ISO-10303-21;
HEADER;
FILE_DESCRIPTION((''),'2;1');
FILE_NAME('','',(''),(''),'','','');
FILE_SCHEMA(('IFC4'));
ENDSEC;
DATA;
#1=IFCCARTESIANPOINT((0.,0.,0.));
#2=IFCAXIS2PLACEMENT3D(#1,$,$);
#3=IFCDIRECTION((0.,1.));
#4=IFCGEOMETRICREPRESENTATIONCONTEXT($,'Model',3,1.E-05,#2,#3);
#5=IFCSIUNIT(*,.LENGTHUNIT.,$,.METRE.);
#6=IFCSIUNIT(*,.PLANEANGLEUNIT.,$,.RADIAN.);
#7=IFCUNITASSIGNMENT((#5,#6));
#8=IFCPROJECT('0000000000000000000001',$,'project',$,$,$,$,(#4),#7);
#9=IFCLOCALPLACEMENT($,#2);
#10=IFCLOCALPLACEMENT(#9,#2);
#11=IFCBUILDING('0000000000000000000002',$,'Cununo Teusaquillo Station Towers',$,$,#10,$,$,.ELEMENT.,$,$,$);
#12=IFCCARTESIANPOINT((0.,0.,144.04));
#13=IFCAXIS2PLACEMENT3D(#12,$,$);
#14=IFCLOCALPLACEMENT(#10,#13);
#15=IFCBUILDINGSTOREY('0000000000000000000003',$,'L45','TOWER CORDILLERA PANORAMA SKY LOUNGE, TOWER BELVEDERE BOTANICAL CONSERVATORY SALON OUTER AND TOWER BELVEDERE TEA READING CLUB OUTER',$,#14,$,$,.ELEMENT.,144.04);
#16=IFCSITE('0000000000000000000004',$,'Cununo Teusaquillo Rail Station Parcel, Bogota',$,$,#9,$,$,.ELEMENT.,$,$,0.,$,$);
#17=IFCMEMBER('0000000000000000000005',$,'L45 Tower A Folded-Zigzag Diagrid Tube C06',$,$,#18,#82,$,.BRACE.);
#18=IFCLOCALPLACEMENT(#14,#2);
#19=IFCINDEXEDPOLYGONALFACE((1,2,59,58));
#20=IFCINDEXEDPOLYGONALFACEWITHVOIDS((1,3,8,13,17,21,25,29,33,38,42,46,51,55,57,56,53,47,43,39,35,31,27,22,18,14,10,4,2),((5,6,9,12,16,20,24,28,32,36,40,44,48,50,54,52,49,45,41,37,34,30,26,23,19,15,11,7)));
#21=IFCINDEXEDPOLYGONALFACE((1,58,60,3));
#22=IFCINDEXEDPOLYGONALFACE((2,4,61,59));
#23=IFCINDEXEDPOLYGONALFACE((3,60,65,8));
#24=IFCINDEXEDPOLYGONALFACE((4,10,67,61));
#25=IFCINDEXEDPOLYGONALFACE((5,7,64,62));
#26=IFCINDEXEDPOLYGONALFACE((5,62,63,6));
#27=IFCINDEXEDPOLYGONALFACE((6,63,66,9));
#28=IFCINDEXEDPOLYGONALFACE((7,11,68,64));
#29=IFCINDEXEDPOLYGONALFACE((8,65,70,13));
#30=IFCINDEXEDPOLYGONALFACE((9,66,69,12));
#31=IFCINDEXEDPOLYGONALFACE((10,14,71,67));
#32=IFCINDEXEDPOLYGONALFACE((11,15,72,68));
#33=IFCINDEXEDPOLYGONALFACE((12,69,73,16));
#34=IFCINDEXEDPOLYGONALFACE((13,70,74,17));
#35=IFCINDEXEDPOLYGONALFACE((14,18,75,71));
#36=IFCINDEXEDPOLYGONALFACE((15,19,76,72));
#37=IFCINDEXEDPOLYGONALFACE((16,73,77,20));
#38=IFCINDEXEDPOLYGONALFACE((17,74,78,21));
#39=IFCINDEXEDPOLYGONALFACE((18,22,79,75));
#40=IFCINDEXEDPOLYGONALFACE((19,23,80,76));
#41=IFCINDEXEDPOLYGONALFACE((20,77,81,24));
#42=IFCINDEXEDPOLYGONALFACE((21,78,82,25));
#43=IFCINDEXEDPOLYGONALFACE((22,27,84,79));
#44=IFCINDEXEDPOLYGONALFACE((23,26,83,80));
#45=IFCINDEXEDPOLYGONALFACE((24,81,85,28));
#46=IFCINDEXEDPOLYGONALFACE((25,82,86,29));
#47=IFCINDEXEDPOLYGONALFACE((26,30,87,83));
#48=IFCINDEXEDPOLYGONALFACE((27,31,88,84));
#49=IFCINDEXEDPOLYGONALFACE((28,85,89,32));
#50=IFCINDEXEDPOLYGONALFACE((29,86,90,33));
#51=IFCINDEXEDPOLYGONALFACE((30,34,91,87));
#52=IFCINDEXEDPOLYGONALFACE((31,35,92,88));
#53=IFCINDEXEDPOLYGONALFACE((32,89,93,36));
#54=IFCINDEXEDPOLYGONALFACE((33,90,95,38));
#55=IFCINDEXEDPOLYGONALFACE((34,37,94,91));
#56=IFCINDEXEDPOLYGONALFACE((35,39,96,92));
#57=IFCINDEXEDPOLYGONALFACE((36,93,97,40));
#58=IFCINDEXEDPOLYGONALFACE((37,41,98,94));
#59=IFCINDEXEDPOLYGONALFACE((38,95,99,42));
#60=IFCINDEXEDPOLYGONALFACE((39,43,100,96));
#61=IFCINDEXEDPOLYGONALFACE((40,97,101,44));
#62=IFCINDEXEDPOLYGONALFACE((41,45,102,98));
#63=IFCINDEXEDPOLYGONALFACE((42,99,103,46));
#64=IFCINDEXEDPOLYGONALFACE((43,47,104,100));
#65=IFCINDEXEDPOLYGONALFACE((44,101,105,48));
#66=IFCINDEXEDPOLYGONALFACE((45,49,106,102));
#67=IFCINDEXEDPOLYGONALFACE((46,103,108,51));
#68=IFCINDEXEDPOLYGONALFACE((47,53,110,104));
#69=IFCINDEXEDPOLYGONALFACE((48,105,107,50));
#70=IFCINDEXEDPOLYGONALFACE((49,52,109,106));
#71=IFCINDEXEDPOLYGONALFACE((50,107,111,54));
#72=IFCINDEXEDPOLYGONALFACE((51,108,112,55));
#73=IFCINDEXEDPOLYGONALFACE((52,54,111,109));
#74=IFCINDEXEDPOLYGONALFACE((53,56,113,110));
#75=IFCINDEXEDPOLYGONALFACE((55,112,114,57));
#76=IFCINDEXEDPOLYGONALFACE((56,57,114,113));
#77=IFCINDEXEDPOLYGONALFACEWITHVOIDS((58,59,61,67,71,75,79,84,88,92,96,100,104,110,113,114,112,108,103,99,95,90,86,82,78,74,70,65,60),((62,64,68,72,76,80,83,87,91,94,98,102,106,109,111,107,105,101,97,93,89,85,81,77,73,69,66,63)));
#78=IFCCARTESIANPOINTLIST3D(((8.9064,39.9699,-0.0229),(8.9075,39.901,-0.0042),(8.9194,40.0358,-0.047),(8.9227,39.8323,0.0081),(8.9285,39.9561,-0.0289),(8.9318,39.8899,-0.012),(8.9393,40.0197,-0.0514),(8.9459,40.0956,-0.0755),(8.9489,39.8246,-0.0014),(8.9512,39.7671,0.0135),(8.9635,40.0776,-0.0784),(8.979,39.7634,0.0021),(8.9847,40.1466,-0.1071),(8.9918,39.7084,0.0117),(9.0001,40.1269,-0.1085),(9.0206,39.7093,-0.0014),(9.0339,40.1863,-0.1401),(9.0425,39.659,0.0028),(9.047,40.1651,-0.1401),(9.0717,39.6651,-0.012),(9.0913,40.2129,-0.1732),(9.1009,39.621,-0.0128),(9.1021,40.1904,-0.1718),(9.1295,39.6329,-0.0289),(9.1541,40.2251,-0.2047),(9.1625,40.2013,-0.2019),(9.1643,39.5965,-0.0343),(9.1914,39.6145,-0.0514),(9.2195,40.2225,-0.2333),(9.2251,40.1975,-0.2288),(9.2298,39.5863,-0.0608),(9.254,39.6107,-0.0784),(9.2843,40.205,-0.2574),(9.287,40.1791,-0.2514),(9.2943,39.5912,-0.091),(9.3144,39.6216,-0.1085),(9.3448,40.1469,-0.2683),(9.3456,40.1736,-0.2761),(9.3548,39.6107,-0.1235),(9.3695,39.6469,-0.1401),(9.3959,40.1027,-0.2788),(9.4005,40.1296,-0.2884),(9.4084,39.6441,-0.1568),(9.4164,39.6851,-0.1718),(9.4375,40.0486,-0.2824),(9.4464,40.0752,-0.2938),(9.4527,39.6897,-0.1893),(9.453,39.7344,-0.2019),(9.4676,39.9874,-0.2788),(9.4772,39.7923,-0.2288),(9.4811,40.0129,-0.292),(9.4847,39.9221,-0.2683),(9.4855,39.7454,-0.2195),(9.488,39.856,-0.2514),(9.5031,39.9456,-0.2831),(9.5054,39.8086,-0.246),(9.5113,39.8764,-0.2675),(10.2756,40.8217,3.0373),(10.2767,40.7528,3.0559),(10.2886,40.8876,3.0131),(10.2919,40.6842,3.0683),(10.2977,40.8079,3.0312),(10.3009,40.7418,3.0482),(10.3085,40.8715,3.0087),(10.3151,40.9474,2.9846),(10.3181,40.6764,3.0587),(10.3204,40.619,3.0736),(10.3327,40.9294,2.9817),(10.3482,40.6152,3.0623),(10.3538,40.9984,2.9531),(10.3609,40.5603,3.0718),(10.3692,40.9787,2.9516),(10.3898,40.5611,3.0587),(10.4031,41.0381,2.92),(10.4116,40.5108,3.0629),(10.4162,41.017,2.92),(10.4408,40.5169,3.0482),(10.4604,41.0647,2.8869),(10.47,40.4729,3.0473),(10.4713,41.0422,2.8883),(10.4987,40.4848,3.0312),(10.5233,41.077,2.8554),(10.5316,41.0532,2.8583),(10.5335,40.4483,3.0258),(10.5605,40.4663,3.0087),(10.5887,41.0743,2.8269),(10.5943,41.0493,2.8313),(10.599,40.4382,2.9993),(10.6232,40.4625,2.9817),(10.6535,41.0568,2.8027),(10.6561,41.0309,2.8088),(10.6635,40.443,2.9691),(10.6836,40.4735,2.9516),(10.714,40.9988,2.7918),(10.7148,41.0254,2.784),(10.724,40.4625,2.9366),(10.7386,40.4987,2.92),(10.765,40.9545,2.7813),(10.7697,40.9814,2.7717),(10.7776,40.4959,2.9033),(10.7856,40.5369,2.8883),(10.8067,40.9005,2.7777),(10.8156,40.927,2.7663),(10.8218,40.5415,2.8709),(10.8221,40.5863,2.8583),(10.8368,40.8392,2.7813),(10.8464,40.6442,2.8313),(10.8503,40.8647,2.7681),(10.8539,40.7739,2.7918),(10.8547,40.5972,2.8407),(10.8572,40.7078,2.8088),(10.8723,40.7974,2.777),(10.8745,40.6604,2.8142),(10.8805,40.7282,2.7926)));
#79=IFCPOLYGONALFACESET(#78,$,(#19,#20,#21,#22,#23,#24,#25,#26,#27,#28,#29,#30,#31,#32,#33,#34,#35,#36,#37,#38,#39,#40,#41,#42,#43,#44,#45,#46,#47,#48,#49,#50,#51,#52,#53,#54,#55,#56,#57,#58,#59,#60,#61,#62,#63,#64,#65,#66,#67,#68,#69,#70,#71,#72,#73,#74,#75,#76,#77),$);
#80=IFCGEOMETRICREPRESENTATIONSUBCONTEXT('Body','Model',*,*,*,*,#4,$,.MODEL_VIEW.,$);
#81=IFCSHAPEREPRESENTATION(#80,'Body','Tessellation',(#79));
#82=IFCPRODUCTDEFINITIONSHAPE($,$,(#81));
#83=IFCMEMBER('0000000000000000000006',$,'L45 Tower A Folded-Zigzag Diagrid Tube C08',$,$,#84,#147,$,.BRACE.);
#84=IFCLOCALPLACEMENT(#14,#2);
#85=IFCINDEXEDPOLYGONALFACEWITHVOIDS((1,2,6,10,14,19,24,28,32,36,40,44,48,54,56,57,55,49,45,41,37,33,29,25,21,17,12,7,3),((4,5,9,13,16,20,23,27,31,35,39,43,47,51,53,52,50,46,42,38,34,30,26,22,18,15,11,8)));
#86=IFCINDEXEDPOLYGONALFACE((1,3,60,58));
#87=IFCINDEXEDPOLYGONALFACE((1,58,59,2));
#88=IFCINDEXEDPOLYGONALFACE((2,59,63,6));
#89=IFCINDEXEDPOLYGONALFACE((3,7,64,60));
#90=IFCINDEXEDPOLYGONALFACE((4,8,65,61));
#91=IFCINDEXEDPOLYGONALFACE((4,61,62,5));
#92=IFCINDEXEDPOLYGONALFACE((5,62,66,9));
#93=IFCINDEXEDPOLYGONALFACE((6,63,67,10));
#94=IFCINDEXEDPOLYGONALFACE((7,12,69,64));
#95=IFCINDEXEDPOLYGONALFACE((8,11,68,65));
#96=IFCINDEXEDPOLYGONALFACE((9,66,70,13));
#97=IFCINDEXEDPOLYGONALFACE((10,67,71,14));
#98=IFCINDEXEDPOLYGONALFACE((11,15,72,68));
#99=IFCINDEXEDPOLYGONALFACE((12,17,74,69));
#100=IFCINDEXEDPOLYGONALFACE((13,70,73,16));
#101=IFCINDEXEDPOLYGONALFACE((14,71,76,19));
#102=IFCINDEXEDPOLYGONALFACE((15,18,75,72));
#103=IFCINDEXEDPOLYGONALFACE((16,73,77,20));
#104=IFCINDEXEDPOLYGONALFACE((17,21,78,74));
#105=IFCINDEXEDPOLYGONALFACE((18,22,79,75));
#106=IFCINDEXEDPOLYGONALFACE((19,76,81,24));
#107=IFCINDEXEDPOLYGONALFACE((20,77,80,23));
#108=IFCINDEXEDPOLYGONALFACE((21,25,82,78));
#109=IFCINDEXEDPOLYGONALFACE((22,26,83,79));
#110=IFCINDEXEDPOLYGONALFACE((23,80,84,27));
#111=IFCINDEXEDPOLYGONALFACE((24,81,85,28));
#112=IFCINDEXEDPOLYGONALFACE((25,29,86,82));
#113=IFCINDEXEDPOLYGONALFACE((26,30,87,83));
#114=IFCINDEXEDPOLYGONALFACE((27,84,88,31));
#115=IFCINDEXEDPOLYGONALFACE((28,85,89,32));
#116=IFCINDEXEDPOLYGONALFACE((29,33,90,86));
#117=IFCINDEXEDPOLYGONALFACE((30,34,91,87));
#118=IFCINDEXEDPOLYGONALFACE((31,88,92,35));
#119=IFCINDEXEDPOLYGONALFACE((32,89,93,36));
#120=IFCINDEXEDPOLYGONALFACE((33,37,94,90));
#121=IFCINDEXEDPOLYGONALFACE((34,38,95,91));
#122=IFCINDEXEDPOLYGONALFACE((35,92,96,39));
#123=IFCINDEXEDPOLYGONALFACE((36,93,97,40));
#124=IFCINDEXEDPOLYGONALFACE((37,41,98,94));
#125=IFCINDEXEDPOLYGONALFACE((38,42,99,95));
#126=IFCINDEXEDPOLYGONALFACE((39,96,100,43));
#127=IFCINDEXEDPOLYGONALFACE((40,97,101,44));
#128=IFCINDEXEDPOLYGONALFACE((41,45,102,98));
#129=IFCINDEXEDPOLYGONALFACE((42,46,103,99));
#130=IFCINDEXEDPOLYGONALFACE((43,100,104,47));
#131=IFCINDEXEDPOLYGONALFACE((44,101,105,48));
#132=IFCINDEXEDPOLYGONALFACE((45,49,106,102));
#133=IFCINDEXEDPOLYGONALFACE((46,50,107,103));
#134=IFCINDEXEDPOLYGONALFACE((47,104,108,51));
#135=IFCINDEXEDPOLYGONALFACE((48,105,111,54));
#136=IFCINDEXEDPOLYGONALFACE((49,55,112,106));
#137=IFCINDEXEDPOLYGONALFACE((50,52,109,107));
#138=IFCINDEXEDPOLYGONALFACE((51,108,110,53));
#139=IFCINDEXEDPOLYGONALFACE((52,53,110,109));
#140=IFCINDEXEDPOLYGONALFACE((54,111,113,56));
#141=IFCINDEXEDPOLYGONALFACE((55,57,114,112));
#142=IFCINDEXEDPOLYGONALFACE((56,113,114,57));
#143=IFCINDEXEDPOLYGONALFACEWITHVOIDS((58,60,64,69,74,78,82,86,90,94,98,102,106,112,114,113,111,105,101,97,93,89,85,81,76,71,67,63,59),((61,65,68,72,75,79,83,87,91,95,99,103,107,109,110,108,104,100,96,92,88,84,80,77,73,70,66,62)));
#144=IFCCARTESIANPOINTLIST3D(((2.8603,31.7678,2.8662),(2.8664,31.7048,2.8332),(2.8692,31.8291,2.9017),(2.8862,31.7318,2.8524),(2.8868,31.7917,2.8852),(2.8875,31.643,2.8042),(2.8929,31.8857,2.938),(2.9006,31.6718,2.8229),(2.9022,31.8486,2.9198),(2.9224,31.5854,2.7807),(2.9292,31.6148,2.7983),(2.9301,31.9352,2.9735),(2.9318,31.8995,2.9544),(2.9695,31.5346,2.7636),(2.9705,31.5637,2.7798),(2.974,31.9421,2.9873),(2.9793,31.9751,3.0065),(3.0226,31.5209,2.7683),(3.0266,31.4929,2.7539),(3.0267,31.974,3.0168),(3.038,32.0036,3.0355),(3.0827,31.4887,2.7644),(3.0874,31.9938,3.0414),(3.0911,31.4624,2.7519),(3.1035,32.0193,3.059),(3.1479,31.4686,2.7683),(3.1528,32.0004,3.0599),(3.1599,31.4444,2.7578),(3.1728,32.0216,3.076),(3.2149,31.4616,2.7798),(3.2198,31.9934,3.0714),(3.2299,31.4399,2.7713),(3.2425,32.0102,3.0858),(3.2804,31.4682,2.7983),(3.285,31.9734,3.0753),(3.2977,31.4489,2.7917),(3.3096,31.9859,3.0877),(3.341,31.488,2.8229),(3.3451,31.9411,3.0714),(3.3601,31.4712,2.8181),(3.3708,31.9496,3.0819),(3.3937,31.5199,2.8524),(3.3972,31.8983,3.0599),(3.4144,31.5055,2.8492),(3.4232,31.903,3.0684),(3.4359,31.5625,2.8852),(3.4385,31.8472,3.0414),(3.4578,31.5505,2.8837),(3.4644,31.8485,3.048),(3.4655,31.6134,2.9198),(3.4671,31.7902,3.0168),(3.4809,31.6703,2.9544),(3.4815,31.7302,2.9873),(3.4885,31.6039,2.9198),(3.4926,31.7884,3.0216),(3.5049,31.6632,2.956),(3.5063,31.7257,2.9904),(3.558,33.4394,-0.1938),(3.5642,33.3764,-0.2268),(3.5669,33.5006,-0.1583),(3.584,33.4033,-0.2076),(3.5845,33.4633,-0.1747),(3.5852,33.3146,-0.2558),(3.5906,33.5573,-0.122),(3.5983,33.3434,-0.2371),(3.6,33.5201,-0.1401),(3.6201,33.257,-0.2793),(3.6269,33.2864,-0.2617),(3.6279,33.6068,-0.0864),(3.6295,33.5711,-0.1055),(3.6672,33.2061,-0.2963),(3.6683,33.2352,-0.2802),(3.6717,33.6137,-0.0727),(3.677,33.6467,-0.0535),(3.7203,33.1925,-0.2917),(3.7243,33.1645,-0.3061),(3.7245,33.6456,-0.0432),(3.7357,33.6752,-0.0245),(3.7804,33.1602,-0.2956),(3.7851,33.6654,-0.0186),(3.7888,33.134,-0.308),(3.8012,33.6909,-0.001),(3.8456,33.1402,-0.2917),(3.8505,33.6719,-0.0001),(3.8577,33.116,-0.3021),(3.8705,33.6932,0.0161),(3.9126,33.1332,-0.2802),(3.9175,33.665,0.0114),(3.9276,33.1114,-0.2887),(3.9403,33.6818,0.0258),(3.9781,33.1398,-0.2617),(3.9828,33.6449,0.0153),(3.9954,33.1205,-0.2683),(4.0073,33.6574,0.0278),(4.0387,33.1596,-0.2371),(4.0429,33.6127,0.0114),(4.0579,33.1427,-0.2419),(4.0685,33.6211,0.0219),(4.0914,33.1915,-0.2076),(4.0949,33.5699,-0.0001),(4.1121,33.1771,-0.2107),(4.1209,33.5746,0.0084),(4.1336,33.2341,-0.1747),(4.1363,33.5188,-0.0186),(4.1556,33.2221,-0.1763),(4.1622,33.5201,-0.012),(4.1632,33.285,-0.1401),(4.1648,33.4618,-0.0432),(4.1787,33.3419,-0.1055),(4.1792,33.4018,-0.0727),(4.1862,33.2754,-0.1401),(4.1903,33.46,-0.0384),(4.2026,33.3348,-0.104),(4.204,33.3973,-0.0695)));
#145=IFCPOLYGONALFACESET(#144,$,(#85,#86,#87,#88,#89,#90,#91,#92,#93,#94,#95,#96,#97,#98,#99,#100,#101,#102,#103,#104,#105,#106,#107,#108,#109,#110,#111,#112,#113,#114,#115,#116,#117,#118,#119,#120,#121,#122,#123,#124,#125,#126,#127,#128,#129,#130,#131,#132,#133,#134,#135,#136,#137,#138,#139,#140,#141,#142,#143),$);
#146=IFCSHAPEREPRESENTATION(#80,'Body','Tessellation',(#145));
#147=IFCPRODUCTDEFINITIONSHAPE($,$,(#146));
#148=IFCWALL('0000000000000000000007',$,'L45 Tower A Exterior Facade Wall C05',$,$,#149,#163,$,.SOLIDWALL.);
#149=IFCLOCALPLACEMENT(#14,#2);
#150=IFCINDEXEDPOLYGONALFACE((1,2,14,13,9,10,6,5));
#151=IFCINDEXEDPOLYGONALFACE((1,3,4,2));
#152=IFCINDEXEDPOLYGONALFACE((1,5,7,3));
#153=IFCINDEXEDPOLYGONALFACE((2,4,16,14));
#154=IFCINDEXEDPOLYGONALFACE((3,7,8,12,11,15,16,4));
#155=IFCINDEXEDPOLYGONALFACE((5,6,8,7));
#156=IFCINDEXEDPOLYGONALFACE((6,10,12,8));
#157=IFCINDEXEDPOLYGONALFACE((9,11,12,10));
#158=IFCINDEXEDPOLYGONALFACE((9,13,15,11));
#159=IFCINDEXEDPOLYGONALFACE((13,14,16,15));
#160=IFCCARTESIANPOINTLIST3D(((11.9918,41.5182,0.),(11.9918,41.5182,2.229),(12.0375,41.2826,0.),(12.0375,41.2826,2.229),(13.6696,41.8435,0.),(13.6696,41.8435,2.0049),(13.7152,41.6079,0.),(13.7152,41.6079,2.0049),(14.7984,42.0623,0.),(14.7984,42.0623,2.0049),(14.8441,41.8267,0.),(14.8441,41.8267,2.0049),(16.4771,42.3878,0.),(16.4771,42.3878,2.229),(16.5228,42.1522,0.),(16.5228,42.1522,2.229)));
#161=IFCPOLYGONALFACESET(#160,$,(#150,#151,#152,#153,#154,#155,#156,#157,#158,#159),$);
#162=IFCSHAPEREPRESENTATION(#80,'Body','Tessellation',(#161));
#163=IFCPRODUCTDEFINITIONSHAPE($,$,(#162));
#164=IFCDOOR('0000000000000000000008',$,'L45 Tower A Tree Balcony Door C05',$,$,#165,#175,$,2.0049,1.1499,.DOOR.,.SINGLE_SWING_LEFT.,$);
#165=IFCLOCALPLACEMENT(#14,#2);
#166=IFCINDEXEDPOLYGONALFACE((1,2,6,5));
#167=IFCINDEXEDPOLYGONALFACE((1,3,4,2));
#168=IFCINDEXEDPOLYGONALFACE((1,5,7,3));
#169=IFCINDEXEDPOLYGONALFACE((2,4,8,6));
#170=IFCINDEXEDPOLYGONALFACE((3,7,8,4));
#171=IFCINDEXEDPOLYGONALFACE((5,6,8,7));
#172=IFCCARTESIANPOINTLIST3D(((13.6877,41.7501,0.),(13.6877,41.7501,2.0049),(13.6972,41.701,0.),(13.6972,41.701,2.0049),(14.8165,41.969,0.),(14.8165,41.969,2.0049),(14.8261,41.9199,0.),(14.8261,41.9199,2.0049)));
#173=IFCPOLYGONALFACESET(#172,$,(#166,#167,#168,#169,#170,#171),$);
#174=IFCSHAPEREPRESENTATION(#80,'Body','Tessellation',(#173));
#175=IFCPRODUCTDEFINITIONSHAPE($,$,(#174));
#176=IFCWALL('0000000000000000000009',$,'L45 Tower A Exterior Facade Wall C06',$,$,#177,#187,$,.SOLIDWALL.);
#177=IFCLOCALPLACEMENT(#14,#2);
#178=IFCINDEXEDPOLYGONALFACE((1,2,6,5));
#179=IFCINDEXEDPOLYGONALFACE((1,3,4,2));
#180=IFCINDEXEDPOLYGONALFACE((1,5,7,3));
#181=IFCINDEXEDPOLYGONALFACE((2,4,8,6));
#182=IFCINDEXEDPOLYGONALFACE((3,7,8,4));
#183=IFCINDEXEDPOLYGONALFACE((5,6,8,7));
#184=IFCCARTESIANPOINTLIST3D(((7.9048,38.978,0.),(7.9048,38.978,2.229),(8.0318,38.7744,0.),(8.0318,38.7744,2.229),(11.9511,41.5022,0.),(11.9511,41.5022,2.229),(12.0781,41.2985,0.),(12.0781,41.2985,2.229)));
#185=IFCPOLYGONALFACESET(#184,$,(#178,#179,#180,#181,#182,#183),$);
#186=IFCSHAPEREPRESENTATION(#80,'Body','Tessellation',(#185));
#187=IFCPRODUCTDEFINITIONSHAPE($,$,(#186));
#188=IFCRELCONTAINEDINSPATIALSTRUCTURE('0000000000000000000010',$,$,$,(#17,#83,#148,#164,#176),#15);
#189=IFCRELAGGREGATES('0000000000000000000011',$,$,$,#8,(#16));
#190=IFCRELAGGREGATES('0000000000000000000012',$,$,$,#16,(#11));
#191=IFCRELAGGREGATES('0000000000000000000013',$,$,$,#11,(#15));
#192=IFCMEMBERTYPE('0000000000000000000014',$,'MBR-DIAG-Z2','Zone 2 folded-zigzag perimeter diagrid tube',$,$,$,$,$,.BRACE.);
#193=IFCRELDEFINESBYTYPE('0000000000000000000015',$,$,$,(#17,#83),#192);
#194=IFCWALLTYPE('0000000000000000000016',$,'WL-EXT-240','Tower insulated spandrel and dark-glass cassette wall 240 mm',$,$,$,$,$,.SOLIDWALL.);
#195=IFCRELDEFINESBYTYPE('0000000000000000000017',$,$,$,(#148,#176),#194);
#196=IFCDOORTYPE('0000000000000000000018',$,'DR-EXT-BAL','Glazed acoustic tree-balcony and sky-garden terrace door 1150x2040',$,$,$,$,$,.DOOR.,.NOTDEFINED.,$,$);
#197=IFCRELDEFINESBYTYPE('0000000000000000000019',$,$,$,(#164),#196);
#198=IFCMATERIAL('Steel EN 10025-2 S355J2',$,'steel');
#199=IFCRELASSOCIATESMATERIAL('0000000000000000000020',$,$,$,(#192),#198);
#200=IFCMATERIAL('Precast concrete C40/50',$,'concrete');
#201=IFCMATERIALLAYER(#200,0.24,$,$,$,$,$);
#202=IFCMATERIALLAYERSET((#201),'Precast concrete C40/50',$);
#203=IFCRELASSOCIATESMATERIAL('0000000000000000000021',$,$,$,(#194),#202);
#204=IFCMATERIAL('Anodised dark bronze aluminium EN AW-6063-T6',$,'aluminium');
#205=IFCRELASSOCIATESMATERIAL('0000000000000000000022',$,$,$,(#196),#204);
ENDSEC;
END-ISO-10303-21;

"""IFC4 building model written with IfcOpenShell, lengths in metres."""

from ifc_helpers import new_model, si_unit, direction, frame, frame_2d, origin, origin_2d, place, context, subcontext, project, spatial, rectangle, hollow_circle, extrude, source, transform, mapped, material, layer, layer_set, material_profile, profile_set, type_object, element, fill, save


model = new_model("IFC4")

# Units and contexts
model_context = context("Model", 3, precision=1e-05, world=origin(), true_north=direction((0.0, 1.0)))
body_context = subcontext(model_context, "Body", "Model", "MODEL_VIEW")
ifc_project = project(units=[si_unit("LENGTHUNIT", "METRE"), si_unit("PLANEANGLEUNIT", "RADIAN")], contexts=[model_context])

# Site, building, storey
site_placement = place(None, origin())
site = spatial("IfcSite", under=ifc_project, at=site_placement, Name="Cununo Teusaquillo Rail Station Parcel, Bogota", CompositionType="ELEMENT", RefElevation=0.0)
building_placement = place(site_placement, origin())
building = spatial("IfcBuilding", under=site, at=building_placement, Name="Cununo Teusaquillo Station Towers", CompositionType="ELEMENT")
storey_placement = place(building_placement, frame((0.0, 0.0, 144.04)))
storey = spatial("IfcBuildingStorey", under=building, at=storey_placement, Name="L45", Description="TOWER CORDILLERA PANORAMA SKY LOUNGE, TOWER BELVEDERE BOTANICAL CONSERVATORY SALON OUTER AND TOWER BELVEDERE TEA READING CLUB OUTER", CompositionType="ELEMENT", Elevation=144.04)

# Members
ifc_material_1 = material(Name="Steel EN 10025-2 S355J2", Category="steel")
ifc_material_profile_1 = material_profile(ifc_material_1, hollow_circle(Radius=0.3301, WallThickness=0.0249, at=origin_2d()), Name="CHS 660x25")
ifc_profile_set_1 = profile_set([ifc_material_profile_1], Name="Steel EN 10025-2 S355J2")
member_type = type_object("IfcMemberType", Name="MBR-DIAG-Z2", Description="Zone 2 folded-zigzag perimeter diagrid tube", PredefinedType="BRACE", material=ifc_profile_set_1)
member_1_placement = place(storey_placement, frame((9.2083, 39.906, -0.1401), z_axis=(0.39583, 0.246264, 0.884688), x_axis=(-0.528256, 0.849085, 0.0)))
element("IfcMember", 1, at=member_1_placement, inside=storey, type_object=member_type, Name="L45 Tower A Folded-Zigzag Diagrid Tube C06", PredefinedType="BRACE", context=body_context, shape_type="SweptSolid", body=[
    extrude(hollow_circle(Radius=0.3301, WallThickness=0.0249, at=origin_2d()), origin(), (0.0, 0.0, 1.0), 3.459),
])
member_2_placement = place(storey_placement, frame((3.8816, 33.4026, -0.1401), z_axis=(-0.196219, -0.470087, 0.860533), x_axis=(0.922833, -0.385199, 0.0)))
element("IfcMember", 2, at=member_2_placement, inside=storey, type_object=member_type, Name="L45 Tower A Folded-Zigzag Diagrid Tube C08", PredefinedType="BRACE", context=body_context, shape_type="SweptSolid", body=[
    extrude(hollow_circle(Radius=0.3301, WallThickness=0.0249, at=origin_2d()), origin(), (0.0, 0.0, 1.0), 3.5559),
])

# Wall, opening, door
ifc_material_2 = material(Name="Precast concrete C40/50", Category="concrete")
ifc_layer_1 = layer(ifc_material_2, 0.24)
ifc_layer_set_1 = layer_set([ifc_layer_1], Name="Precast concrete C40/50")
wall_type_1 = type_object("IfcWallType", Name="WL-EXT-240", Description="Tower insulated spandrel and dark-glass cassette wall 240 mm", PredefinedType="SOLIDWALL", material=ifc_layer_set_1)
wall_1_placement = place(storey_placement, frame((12.0146, 41.4004, 0.0), z_axis=(0.0, 0.0, 1.0), x_axis=(0.981719, 0.190338, 0.0)))
wall_1 = element("IfcWall", 3, at=wall_1_placement, inside=storey, type_object=wall_type_1, Name="L45 Tower A Exterior Facade Wall C05", PredefinedType="SOLIDWALL", context=body_context, shape_type="SweptSolid", body=[
    extrude(rectangle(XDim=4.5688, YDim=0.24, at=frame_2d((2.2844, 0.0))), origin(), (0.0, 0.0, 1.0), 2.229),
])
shared_shape_1 = source(origin(), body_context, "Body", "SweptSolid", [
    extrude(rectangle(XDim=1.1499, YDim=2.0049, at=frame_2d((0.575, 1.0024))), frame((0.0, 0.1299, 0.0), z_axis=(0.0, -1.0, 0.0), x_axis=(1.0, 0.0, 0.0)), (0.0, 0.0, 1.0), 0.26),
])
opening_1_placement = place(wall_1_placement, frame((1.709, 0.0, 0.0)))
opening_1 = element("IfcOpeningElement", 4, at=opening_1_placement, cuts=wall_1, PredefinedType="OPENING", context=body_context, shape_type="MappedRepresentation", body=[
    mapped(shared_shape_1, transform((0.0, 0.0, 0.0), x_axis=(1.0, 0.0, 0.0), y_axis=(0.0, 1.0, 0.0), z_axis=(0.0, 0.0, 1.0), scale=1.0)),
])
ifc_material_3 = material(Name="Anodised dark bronze aluminium EN AW-6063-T6", Category="aluminium")
door_type_1 = type_object("IfcDoorType", Name="DR-EXT-BAL", Description="Glazed acoustic tree-balcony and sky-garden terrace door 1150x2040", OperationType="NOTDEFINED", PredefinedType="DOOR", material=ifc_material_3)
shared_shape_2 = source(origin(), body_context, "Body", "SweptSolid", [
    extrude(rectangle(XDim=1.1499, YDim=2.0049, at=frame_2d((0.575, 1.0024))), frame((0.0, 0.0249, 0.0), z_axis=(0.0, -1.0, 0.0), x_axis=(1.0, 0.0, 0.0)), (0.0, 0.0, 1.0), 0.05),
])
door_1_placement = place(opening_1_placement, origin())
door_1 = element("IfcDoor", 5, at=door_1_placement, inside=storey, type_object=door_type_1, Name="L45 Tower A Tree Balcony Door C05", OperationType="SINGLE_SWING_LEFT", OverallHeight=2.0049, OverallWidth=1.1499, PredefinedType="DOOR", context=body_context, shape_type="MappedRepresentation", body=[
    mapped(shared_shape_2, transform((0.0, 0.0, 0.0), x_axis=(1.0, 0.0, 0.0), y_axis=(0.0, 1.0, 0.0), z_axis=(0.0, 0.0, 1.0), scale=1.0)),
])
fill(opening_1, door_1)

# Wall
wall_2_placement = place(storey_placement, frame((7.9683, 38.8762, 0.0), z_axis=(0.0, 0.0, 1.0), x_axis=(0.848452, 0.529272, 0.0)))
element("IfcWall", 6, at=wall_2_placement, inside=storey, type_object=wall_type_1, Name="L45 Tower A Exterior Facade Wall C06", PredefinedType="SOLIDWALL", context=body_context, shape_type="SweptSolid", body=[
    extrude(rectangle(XDim=4.769, YDim=0.24, at=frame_2d((2.3845, 0.0))), origin(), (0.0, 0.0, 1.0), 2.229),
])

save(model, "model.ifc")
